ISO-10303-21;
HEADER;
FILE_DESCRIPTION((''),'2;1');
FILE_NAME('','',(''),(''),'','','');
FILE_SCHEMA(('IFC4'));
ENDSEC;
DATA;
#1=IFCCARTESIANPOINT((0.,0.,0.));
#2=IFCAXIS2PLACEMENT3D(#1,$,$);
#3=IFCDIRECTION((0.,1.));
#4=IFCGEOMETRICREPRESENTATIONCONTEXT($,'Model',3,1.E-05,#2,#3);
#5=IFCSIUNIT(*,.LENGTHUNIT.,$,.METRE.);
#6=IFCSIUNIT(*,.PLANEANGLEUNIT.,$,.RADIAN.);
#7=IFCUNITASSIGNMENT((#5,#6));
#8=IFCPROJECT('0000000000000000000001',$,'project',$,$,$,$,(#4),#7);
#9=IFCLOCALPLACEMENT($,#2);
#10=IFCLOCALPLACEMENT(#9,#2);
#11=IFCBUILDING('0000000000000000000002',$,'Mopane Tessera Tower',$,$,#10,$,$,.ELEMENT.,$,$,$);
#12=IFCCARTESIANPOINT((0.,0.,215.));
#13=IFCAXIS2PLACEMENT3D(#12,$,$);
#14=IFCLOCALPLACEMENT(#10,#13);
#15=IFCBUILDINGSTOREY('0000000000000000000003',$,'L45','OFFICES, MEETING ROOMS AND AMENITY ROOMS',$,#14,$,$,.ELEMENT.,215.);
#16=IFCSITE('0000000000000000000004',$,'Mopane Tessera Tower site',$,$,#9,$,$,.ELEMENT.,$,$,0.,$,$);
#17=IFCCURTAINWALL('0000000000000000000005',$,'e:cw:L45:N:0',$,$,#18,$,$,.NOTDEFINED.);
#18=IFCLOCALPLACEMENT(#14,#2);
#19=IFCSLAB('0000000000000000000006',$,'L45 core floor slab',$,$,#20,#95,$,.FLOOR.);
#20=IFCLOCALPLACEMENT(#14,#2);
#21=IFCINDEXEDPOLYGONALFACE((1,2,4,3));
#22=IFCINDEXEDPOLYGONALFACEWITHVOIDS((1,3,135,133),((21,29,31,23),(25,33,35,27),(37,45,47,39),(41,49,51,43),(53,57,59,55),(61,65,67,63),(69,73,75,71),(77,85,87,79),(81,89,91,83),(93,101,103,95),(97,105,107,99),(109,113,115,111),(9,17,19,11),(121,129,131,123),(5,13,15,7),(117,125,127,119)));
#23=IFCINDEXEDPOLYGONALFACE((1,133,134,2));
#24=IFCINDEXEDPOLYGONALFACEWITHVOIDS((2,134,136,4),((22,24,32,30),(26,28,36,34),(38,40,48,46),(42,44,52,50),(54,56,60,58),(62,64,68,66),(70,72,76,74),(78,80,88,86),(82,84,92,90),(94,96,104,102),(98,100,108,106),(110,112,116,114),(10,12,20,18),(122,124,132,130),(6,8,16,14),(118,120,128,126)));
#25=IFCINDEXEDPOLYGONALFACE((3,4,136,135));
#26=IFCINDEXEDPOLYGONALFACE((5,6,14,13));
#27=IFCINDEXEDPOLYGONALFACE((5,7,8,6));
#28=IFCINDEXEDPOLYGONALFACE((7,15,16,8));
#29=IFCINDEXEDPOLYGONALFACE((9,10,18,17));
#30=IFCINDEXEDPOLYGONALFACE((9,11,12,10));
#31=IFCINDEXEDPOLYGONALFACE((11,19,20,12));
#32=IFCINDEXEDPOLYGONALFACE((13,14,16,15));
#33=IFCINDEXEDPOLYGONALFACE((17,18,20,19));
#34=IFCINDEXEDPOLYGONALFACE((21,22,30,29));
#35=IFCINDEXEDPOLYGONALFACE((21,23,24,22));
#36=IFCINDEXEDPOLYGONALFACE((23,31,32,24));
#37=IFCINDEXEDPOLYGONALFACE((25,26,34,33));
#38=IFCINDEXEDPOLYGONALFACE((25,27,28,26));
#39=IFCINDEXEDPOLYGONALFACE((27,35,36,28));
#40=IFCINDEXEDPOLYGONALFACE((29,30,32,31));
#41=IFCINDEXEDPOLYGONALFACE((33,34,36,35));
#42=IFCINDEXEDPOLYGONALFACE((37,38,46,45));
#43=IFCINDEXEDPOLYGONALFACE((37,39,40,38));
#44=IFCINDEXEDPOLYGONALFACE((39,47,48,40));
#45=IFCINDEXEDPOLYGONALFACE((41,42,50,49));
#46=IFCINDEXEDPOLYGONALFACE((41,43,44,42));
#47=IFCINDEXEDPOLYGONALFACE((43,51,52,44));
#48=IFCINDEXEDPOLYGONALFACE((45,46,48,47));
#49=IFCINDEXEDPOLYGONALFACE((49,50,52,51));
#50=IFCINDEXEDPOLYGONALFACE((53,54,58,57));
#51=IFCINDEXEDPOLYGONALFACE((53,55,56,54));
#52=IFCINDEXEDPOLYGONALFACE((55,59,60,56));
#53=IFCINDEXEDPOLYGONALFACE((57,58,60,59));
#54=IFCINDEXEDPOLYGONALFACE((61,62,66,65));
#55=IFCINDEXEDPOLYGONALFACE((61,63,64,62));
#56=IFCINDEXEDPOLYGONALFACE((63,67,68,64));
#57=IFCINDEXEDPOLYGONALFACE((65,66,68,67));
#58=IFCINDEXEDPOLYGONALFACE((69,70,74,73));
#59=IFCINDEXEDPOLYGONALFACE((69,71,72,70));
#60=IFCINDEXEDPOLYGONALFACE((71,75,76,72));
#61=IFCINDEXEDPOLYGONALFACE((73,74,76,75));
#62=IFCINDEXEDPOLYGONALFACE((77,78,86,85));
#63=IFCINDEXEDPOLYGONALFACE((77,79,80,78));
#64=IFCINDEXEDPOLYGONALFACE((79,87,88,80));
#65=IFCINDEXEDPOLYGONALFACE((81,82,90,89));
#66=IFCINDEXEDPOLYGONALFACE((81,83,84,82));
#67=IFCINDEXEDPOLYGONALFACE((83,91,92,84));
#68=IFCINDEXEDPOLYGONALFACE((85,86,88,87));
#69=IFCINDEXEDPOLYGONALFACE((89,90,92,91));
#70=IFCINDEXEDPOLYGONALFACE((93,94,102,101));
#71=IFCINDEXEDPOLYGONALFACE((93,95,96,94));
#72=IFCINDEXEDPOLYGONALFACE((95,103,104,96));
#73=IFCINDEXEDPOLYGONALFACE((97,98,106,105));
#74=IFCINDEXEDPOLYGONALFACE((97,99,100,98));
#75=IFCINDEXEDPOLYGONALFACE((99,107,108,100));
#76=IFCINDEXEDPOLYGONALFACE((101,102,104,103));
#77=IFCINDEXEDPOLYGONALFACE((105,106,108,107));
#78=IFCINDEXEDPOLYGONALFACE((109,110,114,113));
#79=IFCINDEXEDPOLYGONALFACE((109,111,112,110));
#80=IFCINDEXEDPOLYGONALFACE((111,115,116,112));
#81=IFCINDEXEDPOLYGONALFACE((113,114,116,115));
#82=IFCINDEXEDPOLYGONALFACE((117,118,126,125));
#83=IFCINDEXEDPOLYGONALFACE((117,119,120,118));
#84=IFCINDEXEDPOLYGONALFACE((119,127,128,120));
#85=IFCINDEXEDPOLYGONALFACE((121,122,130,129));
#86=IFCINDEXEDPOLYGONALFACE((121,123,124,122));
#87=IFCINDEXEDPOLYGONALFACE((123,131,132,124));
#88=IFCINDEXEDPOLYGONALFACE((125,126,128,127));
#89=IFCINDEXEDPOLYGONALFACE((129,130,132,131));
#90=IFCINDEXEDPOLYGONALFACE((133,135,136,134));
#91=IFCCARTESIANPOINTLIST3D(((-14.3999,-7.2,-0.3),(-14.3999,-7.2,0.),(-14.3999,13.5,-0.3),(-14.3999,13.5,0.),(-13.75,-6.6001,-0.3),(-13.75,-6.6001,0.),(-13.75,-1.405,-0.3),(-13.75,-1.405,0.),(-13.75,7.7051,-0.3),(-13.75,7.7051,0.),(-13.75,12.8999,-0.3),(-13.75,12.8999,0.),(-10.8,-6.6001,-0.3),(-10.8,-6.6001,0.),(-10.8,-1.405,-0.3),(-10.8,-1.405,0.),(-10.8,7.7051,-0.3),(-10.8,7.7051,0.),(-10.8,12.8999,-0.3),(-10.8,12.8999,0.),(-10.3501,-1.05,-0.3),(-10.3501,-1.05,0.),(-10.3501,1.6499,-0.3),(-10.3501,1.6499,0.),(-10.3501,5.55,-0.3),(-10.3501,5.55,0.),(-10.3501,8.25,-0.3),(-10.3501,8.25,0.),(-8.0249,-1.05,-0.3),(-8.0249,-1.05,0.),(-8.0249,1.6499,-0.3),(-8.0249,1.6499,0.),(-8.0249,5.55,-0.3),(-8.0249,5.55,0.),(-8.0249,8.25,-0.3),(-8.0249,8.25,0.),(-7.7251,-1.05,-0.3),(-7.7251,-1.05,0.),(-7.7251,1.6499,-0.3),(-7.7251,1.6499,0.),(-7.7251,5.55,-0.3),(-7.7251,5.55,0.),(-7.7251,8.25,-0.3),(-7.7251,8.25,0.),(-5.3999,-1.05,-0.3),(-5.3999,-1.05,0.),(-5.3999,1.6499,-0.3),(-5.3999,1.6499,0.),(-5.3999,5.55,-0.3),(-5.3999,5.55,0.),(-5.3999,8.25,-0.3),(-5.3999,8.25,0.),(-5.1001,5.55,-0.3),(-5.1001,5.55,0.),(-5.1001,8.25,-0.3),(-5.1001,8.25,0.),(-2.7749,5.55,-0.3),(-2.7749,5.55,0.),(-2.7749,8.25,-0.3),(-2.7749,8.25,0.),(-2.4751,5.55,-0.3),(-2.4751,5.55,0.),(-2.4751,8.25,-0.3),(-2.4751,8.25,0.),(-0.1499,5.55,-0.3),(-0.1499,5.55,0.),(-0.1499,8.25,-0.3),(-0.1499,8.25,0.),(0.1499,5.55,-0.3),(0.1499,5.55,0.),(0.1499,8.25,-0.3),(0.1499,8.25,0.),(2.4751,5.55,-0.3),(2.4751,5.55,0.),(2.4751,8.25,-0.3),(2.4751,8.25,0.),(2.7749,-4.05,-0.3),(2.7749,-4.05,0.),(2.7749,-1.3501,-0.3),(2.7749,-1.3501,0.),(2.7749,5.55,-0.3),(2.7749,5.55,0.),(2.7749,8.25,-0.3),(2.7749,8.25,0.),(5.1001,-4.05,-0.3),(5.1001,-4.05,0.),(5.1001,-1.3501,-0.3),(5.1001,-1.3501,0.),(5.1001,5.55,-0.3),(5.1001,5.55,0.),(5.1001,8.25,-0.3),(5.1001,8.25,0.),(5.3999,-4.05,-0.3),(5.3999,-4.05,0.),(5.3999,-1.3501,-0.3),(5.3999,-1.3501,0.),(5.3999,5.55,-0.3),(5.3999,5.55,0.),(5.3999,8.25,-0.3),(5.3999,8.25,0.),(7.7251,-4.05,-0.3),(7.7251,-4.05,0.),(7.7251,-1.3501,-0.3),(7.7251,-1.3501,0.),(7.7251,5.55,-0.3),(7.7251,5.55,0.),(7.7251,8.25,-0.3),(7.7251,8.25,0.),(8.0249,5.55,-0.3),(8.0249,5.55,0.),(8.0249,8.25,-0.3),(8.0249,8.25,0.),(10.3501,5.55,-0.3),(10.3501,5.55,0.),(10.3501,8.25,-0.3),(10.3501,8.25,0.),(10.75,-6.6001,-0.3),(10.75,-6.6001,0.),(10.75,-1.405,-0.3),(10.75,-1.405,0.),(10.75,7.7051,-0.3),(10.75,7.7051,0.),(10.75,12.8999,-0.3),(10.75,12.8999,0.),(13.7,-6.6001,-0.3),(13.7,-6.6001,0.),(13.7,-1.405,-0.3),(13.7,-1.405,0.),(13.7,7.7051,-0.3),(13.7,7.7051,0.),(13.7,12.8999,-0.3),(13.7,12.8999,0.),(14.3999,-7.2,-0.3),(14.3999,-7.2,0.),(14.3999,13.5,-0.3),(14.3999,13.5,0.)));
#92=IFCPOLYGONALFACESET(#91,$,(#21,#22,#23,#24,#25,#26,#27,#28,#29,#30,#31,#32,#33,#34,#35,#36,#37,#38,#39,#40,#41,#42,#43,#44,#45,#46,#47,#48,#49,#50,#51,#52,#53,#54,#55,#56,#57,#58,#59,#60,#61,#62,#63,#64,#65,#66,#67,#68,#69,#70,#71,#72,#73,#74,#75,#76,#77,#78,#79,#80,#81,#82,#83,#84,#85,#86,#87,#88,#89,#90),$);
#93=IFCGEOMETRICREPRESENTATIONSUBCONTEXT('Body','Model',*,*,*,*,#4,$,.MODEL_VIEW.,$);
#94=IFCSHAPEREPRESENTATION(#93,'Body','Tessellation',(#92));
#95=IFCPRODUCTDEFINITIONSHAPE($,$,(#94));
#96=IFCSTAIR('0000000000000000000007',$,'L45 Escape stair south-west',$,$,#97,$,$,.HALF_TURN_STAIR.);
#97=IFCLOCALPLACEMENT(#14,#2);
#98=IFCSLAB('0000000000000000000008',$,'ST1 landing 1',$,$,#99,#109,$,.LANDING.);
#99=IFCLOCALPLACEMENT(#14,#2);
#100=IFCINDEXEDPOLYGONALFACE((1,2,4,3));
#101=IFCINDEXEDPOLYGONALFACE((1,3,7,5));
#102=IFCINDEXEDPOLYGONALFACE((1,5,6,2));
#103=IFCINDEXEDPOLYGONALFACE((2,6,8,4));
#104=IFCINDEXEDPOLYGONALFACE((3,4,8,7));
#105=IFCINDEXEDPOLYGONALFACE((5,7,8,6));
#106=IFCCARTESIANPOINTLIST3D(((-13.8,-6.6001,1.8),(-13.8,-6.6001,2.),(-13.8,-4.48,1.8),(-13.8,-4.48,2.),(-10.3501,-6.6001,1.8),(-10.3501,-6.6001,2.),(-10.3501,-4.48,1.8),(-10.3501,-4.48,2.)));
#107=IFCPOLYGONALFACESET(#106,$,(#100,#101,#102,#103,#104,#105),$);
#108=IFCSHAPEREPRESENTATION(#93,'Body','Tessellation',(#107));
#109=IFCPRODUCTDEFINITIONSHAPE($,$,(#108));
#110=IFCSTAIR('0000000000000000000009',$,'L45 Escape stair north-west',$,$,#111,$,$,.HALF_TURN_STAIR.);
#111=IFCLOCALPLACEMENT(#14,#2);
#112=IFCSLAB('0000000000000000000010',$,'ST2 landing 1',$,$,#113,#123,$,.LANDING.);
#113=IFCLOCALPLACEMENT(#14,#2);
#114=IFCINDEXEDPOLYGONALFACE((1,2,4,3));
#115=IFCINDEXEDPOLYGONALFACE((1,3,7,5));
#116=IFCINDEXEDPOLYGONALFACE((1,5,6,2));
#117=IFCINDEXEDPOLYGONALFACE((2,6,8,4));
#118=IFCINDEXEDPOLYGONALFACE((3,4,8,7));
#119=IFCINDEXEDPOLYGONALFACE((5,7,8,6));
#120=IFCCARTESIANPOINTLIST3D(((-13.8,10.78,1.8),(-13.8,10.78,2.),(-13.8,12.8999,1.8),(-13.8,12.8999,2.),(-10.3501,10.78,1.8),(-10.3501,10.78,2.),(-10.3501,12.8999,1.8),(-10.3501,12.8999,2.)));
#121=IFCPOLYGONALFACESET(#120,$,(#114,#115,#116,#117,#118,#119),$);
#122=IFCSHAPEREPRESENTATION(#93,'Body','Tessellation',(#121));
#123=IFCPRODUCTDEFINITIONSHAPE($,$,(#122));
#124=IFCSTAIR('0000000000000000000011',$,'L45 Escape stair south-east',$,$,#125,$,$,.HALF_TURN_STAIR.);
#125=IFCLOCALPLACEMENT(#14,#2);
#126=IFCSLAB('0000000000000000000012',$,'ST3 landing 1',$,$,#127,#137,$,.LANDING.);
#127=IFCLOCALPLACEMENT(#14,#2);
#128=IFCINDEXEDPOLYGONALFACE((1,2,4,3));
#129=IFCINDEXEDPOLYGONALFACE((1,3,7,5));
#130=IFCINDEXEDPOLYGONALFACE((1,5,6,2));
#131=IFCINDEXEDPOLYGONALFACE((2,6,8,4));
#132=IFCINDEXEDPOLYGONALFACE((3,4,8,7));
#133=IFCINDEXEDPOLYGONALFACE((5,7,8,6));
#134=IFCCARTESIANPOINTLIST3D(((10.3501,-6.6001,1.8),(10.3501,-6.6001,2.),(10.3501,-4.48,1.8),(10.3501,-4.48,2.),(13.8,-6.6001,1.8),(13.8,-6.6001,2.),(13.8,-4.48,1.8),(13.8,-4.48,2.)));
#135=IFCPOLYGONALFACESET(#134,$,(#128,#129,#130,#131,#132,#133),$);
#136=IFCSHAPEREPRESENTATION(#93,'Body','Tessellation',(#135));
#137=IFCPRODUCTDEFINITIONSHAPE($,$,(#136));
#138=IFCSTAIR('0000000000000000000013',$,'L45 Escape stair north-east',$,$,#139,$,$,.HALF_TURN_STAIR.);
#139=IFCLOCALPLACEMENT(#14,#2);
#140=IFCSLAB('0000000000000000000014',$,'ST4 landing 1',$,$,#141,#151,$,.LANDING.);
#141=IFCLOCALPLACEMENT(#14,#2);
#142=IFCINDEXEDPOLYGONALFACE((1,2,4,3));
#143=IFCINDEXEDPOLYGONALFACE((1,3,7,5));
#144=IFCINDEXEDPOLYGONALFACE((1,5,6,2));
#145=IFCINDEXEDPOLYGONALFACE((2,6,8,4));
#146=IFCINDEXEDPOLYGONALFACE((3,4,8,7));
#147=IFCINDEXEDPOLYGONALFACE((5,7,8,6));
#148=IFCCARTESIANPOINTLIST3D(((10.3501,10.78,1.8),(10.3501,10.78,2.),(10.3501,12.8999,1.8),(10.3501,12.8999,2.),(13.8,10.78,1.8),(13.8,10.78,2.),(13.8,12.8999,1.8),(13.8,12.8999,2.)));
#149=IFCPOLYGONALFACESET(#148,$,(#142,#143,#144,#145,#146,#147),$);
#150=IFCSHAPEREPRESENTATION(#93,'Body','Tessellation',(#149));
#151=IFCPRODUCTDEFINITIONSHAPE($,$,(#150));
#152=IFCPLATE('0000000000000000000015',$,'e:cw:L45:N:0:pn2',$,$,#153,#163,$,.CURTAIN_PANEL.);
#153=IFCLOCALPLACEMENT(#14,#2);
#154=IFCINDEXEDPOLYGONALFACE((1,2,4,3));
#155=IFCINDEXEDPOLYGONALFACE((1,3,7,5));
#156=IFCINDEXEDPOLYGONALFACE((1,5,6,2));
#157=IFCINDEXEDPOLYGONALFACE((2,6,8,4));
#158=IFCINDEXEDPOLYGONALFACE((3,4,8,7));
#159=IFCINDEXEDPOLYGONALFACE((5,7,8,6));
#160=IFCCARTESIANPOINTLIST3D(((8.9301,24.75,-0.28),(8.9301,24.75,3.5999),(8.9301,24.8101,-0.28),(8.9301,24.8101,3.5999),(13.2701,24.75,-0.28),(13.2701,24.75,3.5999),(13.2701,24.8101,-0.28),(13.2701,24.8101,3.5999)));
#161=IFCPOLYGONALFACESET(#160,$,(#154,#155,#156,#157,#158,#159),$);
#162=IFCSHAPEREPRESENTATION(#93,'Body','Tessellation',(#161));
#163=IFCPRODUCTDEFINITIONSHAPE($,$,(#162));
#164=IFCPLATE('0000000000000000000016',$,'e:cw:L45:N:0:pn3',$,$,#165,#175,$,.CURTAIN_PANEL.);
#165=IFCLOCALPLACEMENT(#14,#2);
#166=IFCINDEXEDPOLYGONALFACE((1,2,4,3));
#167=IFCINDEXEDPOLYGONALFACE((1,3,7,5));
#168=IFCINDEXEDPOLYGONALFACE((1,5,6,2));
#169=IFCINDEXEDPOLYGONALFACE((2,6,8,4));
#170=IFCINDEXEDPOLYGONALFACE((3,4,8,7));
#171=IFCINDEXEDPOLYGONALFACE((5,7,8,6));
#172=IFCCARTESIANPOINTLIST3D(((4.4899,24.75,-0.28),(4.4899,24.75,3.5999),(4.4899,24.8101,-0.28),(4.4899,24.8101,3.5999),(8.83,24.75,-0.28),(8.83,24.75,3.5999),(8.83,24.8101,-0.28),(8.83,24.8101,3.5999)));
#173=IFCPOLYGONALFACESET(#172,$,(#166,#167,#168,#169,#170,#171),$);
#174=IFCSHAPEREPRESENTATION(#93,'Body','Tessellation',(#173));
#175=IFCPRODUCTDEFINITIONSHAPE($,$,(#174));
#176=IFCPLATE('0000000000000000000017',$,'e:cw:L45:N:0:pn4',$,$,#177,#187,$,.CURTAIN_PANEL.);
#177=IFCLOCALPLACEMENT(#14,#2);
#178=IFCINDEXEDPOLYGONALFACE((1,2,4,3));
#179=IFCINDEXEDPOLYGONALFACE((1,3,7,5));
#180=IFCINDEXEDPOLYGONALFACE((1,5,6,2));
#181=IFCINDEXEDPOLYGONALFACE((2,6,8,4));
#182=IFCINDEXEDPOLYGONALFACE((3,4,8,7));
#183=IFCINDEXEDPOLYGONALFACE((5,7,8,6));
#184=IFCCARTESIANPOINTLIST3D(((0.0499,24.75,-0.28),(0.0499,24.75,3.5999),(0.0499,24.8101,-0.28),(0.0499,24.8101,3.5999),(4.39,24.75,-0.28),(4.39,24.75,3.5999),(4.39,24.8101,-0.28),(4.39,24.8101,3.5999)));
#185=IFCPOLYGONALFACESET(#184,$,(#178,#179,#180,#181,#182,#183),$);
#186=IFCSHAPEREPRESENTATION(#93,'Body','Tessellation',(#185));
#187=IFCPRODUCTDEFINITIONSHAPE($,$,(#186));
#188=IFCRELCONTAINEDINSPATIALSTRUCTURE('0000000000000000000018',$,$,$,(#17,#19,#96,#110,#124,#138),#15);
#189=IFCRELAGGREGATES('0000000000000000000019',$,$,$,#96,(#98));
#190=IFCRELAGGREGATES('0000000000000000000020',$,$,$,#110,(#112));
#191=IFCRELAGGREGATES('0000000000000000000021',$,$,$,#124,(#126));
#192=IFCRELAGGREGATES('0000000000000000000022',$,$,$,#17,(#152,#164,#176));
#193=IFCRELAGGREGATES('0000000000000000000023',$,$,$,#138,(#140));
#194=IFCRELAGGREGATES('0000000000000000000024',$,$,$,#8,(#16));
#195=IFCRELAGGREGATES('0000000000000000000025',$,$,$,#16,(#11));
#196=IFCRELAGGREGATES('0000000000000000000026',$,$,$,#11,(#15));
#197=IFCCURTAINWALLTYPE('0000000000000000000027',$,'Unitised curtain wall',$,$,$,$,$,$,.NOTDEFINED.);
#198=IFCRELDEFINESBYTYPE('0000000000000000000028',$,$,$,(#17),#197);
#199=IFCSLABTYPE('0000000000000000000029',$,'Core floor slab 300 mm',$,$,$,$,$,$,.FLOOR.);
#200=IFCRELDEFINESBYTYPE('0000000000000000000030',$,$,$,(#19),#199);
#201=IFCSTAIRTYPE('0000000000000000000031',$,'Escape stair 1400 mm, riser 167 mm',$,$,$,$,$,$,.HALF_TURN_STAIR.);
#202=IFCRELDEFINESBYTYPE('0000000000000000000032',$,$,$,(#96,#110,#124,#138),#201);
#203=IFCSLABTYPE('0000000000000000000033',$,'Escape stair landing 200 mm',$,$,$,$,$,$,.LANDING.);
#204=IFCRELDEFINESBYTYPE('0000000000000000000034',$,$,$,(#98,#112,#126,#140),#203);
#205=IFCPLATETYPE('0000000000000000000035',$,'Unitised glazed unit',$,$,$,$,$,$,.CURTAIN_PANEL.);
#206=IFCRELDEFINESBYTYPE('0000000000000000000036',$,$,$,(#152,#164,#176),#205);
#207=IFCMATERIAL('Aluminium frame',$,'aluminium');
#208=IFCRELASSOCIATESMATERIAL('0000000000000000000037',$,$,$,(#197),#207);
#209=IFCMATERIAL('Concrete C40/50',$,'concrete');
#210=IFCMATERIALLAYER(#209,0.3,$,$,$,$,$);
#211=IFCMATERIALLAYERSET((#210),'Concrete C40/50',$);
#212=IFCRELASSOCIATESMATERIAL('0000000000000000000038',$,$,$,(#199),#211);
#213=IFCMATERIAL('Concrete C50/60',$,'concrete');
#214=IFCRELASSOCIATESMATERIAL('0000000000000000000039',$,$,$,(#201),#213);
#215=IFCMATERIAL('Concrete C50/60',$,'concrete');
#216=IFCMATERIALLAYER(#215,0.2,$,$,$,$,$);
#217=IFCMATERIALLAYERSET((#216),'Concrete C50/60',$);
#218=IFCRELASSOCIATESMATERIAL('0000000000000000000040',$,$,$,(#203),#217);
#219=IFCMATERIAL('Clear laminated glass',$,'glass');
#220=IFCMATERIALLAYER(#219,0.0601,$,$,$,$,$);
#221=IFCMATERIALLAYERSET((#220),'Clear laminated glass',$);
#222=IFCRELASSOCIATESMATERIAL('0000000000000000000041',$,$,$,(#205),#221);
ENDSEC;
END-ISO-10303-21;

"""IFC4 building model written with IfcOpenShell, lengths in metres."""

from ifc_helpers import new_model, si_unit, direction, frame, origin, origin_2d, place, context, subcontext, project, spatial, polyline, rectangle, outline, extrude, material, layer, layer_set, type_object, element, aggregate, save


model = new_model("IFC4")

# Units and contexts
model_context = context("Model", 3, precision=1e-05, world=origin(), true_north=direction((0.0, 1.0)))
body_context = subcontext(model_context, "Body", "Model", "MODEL_VIEW")
ifc_project = project(units=[si_unit("LENGTHUNIT", "METRE"), si_unit("PLANEANGLEUNIT", "RADIAN")], contexts=[model_context])

# Site, building, storey
site_placement = place(None, origin())
site = spatial("IfcSite", under=ifc_project, at=site_placement, Name="Mopane Tessera Tower site", CompositionType="ELEMENT", RefElevation=0.0)
building_placement = place(site_placement, origin())
building = spatial("IfcBuilding", under=site, at=building_placement, Name="Mopane Tessera Tower", CompositionType="ELEMENT")
storey_placement = place(building_placement, frame((0.0, 0.0, 215.0)))
storey = spatial("IfcBuildingStorey", under=building, at=storey_placement, Name="L45", Description="OFFICES, MEETING ROOMS AND AMENITY ROOMS", CompositionType="ELEMENT", Elevation=215.0)

# Curtain wall
ifc_material_1 = material(Name="Aluminium frame", Category="aluminium")
curtain_wall_type = type_object("IfcCurtainWallType", Name="Unitised curtain wall", PredefinedType="NOTDEFINED", material=ifc_material_1)
curtain_wall_1_placement = place(storey_placement, origin())
curtain_wall_1 = element("IfcCurtainWall", 1, at=curtain_wall_1_placement, inside=storey, type_object=curtain_wall_type, Name="e:cw:L45:N:0", PredefinedType="NOTDEFINED")

# Slab
ifc_material_2 = material(Name="Concrete C40/50", Category="concrete")
ifc_layer_1 = layer(ifc_material_2, 0.3)
ifc_layer_set_1 = layer_set([ifc_layer_1], Name="Concrete C40/50")
slab_type_1 = type_object("IfcSlabType", Name="Core floor slab 300 mm", PredefinedType="FLOOR", material=ifc_layer_set_1)
slab_1_placement = place(storey_placement, frame((0.0, 0.0, -0.3)))
element("IfcSlab", 2, at=slab_1_placement, inside=storey, type_object=slab_type_1, Name="L45 core floor slab", PredefinedType="FLOOR", context=body_context, shape_type="SweptSolid", body=[
    extrude(outline(polyline([(-14.3999, -7.2), (14.3999, -7.2), (14.3999, 13.5), (-14.3999, 13.5), (-14.3999, -7.2)]), holes=[polyline([(-10.3501, -1.05), (-8.0249, -1.05), (-8.0249, 1.6499), (-10.3501, 1.6499), (-10.3501, -1.05)]), polyline([(-7.7251, -1.05), (-5.3999, -1.05), (-5.3999, 1.6499), (-7.7251, 1.6499), (-7.7251, -1.05)]), polyline([(-10.3501, 5.55), (-8.0249, 5.55), (-8.0249, 8.25), (-10.3501, 8.25), (-10.3501, 5.55)]), polyline([(-7.7251, 5.55), (-5.3999, 5.55), (-5.3999, 8.25), (-7.7251, 8.25), (-7.7251, 5.55)]), polyline([(-5.1001, 5.55), (-2.7749, 5.55), (-2.7749, 8.25), (-5.1001, 8.25), (-5.1001, 5.55)]), polyline([(-2.4751, 5.55), (-0.1499, 5.55), (-0.1499, 8.25), (-2.4751, 8.25), (-2.4751, 5.55)]), polyline([(0.1499, 5.55), (2.4751, 5.55), (2.4751, 8.25), (0.1499, 8.25), (0.1499, 5.55)]), polyline([(2.7749, 5.55), (5.1001, 5.55), (5.1001, 8.25), (2.7749, 8.25), (2.7749, 5.55)]), polyline([(5.3999, 5.55), (7.7251, 5.55), (7.7251, 8.25), (5.3999, 8.25), (5.3999, 5.55)]), polyline([(8.0249, 5.55), (10.3501, 5.55), (10.3501, 8.25), (8.0249, 8.25), (8.0249, 5.55)]), polyline([(2.7749, -4.05), (5.1001, -4.05), (5.1001, -1.3501), (2.7749, -1.3501), (2.7749, -4.05)]), polyline([(5.3999, -4.05), (7.7251, -4.05), (7.7251, -1.3501), (5.3999, -1.3501), (5.3999, -4.05)]), polyline([(-13.75, -1.405), (-13.75, -6.6001), (-10.8, -6.6001), (-10.8, -1.405), (-13.75, -1.405)]), polyline([(-10.8, 7.7051), (-10.8, 12.8999), (-13.75, 12.8999), (-13.75, 7.7051), (-10.8, 7.7051)]), polyline([(10.75, -1.405), (10.75, -6.6001), (13.7, -6.6001), (13.7, -1.405), (10.75, -1.405)]), polyline([(13.7, 7.7051), (13.7, 12.8999), (10.75, 12.8999), (10.75, 7.7051), (13.7, 7.7051)])]), origin(), (0.0, 0.0, 1.0), 0.3),
])

# Stairs, slabs
ifc_material_3 = material(Name="Concrete C50/60", Category="concrete")
stair_type = type_object("IfcStairType", Name="Escape stair 1400 mm, riser 167 mm", PredefinedType="HALF_TURN_STAIR", material=ifc_material_3)
stair_1_placement = place(storey_placement, origin())
stair_1 = element("IfcStair", 3, at=stair_1_placement, inside=storey, type_object=stair_type, Name="L45 Escape stair south-west", PredefinedType="HALF_TURN_STAIR")
ifc_material_4 = material(Name="Concrete C50/60", Category="concrete")
ifc_layer_2 = layer(ifc_material_4, 0.2)
ifc_layer_set_2 = layer_set([ifc_layer_2], Name="Concrete C50/60")
slab_type_2 = type_object("IfcSlabType", Name="Escape stair landing 200 mm", PredefinedType="LANDING", material=ifc_layer_set_2)
slab_2_placement = place(storey_placement, frame((0.0, 0.0, 1.8)))
slab_2 = element("IfcSlab", 4, at=slab_2_placement, type_object=slab_type_2, Name="ST1 landing 1", PredefinedType="LANDING", context=body_context, shape_type="SweptSolid", body=[
    extrude(outline(polyline([(-13.8, -4.48), (-13.8, -6.6001), (-10.3501, -6.6001), (-10.3501, -4.48), (-13.8, -4.48)])), origin(), (0.0, 0.0, 1.0), 0.2),
])
aggregate(stair_1, [slab_2])
stair_2_placement = place(storey_placement, origin())
stair_2 = element("IfcStair", 5, at=stair_2_placement, inside=storey, type_object=stair_type, Name="L45 Escape stair north-west", PredefinedType="HALF_TURN_STAIR")
slab_3_placement = place(storey_placement, frame((0.0, 0.0, 1.8)))
slab_3 = element("IfcSlab", 6, at=slab_3_placement, type_object=slab_type_2, Name="ST2 landing 1", PredefinedType="LANDING", context=body_context, shape_type="SweptSolid", body=[
    extrude(outline(polyline([(-10.3501, 10.78), (-10.3501, 12.8999), (-13.8, 12.8999), (-13.8, 10.78), (-10.3501, 10.78)])), origin(), (0.0, 0.0, 1.0), 0.2),
])
aggregate(stair_2, [slab_3])
stair_3_placement = place(storey_placement, origin())
stair_3 = element("IfcStair", 7, at=stair_3_placement, inside=storey, type_object=stair_type, Name="L45 Escape stair south-east", PredefinedType="HALF_TURN_STAIR")
slab_4_placement = place(storey_placement, frame((0.0, 0.0, 1.8)))
slab_4 = element("IfcSlab", 8, at=slab_4_placement, type_object=slab_type_2, Name="ST3 landing 1", PredefinedType="LANDING", context=body_context, shape_type="SweptSolid", body=[
    extrude(outline(polyline([(10.3501, -4.48), (10.3501, -6.6001), (13.8, -6.6001), (13.8, -4.48), (10.3501, -4.48)])), origin(), (0.0, 0.0, 1.0), 0.2),
])
aggregate(stair_3, [slab_4])
stair_4_placement = place(storey_placement, origin())
stair_4 = element("IfcStair", 9, at=stair_4_placement, inside=storey, type_object=stair_type, Name="L45 Escape stair north-east", PredefinedType="HALF_TURN_STAIR")
slab_5_placement = place(storey_placement, frame((0.0, 0.0, 1.8)))
slab_5 = element("IfcSlab", 10, at=slab_5_placement, type_object=slab_type_2, Name="ST4 landing 1", PredefinedType="LANDING", context=body_context, shape_type="SweptSolid", body=[
    extrude(outline(polyline([(13.8, 10.78), (13.8, 12.8999), (10.3501, 12.8999), (10.3501, 10.78), (13.8, 10.78)])), origin(), (0.0, 0.0, 1.0), 0.2),
])

# Plates
ifc_material_5 = material(Name="Clear laminated glass", Category="glass")
ifc_layer_3 = layer(ifc_material_5, 0.0601)
ifc_layer_set_3 = layer_set([ifc_layer_3], Name="Clear laminated glass")
plate_type = type_object("IfcPlateType", Name="Unitised glazed unit", PredefinedType="CURTAIN_PANEL", material=ifc_layer_set_3)
plate_1_placement = place(storey_placement, frame((11.1001, 24.78, -0.28), z_axis=(0.0, 0.0, 1.0), x_axis=(-1.0, 0.0, 0.0)))
plate_1 = element("IfcPlate", 11, at=plate_1_placement, type_object=plate_type, Name="e:cw:L45:N:0:pn2", PredefinedType="CURTAIN_PANEL", context=body_context, shape_type="SweptSolid", body=[
    extrude(rectangle(XDim=4.3401, YDim=0.0601, at=origin_2d()), origin(), (0.0, 0.0, 1.0), 3.8799),
])
plate_2_placement = place(storey_placement, frame((6.6599, 24.78, -0.28), z_axis=(0.0, 0.0, 1.0), x_axis=(-1.0, 0.0, 0.0)))
plate_2 = element("IfcPlate", 12, at=plate_2_placement, type_object=plate_type, Name="e:cw:L45:N:0:pn3", PredefinedType="CURTAIN_PANEL", context=body_context, shape_type="SweptSolid", body=[
    extrude(rectangle(XDim=4.3401, YDim=0.0601, at=origin_2d()), origin(), (0.0, 0.0, 1.0), 3.8799),
])
plate_3_placement = place(storey_placement, frame((2.22, 24.78, -0.28), z_axis=(0.0, 0.0, 1.0), x_axis=(-1.0, 0.0, 0.0)))
plate_3 = element("IfcPlate", 13, at=plate_3_placement, type_object=plate_type, Name="e:cw:L45:N:0:pn4", PredefinedType="CURTAIN_PANEL", context=body_context, shape_type="SweptSolid", body=[
    extrude(rectangle(XDim=4.3401, YDim=0.0601, at=origin_2d()), origin(), (0.0, 0.0, 1.0), 3.8799),
])
aggregate(curtain_wall_1, [plate_1, plate_2, plate_3])

aggregate(stair_4, [slab_5])

save(model, "model.ifc")
